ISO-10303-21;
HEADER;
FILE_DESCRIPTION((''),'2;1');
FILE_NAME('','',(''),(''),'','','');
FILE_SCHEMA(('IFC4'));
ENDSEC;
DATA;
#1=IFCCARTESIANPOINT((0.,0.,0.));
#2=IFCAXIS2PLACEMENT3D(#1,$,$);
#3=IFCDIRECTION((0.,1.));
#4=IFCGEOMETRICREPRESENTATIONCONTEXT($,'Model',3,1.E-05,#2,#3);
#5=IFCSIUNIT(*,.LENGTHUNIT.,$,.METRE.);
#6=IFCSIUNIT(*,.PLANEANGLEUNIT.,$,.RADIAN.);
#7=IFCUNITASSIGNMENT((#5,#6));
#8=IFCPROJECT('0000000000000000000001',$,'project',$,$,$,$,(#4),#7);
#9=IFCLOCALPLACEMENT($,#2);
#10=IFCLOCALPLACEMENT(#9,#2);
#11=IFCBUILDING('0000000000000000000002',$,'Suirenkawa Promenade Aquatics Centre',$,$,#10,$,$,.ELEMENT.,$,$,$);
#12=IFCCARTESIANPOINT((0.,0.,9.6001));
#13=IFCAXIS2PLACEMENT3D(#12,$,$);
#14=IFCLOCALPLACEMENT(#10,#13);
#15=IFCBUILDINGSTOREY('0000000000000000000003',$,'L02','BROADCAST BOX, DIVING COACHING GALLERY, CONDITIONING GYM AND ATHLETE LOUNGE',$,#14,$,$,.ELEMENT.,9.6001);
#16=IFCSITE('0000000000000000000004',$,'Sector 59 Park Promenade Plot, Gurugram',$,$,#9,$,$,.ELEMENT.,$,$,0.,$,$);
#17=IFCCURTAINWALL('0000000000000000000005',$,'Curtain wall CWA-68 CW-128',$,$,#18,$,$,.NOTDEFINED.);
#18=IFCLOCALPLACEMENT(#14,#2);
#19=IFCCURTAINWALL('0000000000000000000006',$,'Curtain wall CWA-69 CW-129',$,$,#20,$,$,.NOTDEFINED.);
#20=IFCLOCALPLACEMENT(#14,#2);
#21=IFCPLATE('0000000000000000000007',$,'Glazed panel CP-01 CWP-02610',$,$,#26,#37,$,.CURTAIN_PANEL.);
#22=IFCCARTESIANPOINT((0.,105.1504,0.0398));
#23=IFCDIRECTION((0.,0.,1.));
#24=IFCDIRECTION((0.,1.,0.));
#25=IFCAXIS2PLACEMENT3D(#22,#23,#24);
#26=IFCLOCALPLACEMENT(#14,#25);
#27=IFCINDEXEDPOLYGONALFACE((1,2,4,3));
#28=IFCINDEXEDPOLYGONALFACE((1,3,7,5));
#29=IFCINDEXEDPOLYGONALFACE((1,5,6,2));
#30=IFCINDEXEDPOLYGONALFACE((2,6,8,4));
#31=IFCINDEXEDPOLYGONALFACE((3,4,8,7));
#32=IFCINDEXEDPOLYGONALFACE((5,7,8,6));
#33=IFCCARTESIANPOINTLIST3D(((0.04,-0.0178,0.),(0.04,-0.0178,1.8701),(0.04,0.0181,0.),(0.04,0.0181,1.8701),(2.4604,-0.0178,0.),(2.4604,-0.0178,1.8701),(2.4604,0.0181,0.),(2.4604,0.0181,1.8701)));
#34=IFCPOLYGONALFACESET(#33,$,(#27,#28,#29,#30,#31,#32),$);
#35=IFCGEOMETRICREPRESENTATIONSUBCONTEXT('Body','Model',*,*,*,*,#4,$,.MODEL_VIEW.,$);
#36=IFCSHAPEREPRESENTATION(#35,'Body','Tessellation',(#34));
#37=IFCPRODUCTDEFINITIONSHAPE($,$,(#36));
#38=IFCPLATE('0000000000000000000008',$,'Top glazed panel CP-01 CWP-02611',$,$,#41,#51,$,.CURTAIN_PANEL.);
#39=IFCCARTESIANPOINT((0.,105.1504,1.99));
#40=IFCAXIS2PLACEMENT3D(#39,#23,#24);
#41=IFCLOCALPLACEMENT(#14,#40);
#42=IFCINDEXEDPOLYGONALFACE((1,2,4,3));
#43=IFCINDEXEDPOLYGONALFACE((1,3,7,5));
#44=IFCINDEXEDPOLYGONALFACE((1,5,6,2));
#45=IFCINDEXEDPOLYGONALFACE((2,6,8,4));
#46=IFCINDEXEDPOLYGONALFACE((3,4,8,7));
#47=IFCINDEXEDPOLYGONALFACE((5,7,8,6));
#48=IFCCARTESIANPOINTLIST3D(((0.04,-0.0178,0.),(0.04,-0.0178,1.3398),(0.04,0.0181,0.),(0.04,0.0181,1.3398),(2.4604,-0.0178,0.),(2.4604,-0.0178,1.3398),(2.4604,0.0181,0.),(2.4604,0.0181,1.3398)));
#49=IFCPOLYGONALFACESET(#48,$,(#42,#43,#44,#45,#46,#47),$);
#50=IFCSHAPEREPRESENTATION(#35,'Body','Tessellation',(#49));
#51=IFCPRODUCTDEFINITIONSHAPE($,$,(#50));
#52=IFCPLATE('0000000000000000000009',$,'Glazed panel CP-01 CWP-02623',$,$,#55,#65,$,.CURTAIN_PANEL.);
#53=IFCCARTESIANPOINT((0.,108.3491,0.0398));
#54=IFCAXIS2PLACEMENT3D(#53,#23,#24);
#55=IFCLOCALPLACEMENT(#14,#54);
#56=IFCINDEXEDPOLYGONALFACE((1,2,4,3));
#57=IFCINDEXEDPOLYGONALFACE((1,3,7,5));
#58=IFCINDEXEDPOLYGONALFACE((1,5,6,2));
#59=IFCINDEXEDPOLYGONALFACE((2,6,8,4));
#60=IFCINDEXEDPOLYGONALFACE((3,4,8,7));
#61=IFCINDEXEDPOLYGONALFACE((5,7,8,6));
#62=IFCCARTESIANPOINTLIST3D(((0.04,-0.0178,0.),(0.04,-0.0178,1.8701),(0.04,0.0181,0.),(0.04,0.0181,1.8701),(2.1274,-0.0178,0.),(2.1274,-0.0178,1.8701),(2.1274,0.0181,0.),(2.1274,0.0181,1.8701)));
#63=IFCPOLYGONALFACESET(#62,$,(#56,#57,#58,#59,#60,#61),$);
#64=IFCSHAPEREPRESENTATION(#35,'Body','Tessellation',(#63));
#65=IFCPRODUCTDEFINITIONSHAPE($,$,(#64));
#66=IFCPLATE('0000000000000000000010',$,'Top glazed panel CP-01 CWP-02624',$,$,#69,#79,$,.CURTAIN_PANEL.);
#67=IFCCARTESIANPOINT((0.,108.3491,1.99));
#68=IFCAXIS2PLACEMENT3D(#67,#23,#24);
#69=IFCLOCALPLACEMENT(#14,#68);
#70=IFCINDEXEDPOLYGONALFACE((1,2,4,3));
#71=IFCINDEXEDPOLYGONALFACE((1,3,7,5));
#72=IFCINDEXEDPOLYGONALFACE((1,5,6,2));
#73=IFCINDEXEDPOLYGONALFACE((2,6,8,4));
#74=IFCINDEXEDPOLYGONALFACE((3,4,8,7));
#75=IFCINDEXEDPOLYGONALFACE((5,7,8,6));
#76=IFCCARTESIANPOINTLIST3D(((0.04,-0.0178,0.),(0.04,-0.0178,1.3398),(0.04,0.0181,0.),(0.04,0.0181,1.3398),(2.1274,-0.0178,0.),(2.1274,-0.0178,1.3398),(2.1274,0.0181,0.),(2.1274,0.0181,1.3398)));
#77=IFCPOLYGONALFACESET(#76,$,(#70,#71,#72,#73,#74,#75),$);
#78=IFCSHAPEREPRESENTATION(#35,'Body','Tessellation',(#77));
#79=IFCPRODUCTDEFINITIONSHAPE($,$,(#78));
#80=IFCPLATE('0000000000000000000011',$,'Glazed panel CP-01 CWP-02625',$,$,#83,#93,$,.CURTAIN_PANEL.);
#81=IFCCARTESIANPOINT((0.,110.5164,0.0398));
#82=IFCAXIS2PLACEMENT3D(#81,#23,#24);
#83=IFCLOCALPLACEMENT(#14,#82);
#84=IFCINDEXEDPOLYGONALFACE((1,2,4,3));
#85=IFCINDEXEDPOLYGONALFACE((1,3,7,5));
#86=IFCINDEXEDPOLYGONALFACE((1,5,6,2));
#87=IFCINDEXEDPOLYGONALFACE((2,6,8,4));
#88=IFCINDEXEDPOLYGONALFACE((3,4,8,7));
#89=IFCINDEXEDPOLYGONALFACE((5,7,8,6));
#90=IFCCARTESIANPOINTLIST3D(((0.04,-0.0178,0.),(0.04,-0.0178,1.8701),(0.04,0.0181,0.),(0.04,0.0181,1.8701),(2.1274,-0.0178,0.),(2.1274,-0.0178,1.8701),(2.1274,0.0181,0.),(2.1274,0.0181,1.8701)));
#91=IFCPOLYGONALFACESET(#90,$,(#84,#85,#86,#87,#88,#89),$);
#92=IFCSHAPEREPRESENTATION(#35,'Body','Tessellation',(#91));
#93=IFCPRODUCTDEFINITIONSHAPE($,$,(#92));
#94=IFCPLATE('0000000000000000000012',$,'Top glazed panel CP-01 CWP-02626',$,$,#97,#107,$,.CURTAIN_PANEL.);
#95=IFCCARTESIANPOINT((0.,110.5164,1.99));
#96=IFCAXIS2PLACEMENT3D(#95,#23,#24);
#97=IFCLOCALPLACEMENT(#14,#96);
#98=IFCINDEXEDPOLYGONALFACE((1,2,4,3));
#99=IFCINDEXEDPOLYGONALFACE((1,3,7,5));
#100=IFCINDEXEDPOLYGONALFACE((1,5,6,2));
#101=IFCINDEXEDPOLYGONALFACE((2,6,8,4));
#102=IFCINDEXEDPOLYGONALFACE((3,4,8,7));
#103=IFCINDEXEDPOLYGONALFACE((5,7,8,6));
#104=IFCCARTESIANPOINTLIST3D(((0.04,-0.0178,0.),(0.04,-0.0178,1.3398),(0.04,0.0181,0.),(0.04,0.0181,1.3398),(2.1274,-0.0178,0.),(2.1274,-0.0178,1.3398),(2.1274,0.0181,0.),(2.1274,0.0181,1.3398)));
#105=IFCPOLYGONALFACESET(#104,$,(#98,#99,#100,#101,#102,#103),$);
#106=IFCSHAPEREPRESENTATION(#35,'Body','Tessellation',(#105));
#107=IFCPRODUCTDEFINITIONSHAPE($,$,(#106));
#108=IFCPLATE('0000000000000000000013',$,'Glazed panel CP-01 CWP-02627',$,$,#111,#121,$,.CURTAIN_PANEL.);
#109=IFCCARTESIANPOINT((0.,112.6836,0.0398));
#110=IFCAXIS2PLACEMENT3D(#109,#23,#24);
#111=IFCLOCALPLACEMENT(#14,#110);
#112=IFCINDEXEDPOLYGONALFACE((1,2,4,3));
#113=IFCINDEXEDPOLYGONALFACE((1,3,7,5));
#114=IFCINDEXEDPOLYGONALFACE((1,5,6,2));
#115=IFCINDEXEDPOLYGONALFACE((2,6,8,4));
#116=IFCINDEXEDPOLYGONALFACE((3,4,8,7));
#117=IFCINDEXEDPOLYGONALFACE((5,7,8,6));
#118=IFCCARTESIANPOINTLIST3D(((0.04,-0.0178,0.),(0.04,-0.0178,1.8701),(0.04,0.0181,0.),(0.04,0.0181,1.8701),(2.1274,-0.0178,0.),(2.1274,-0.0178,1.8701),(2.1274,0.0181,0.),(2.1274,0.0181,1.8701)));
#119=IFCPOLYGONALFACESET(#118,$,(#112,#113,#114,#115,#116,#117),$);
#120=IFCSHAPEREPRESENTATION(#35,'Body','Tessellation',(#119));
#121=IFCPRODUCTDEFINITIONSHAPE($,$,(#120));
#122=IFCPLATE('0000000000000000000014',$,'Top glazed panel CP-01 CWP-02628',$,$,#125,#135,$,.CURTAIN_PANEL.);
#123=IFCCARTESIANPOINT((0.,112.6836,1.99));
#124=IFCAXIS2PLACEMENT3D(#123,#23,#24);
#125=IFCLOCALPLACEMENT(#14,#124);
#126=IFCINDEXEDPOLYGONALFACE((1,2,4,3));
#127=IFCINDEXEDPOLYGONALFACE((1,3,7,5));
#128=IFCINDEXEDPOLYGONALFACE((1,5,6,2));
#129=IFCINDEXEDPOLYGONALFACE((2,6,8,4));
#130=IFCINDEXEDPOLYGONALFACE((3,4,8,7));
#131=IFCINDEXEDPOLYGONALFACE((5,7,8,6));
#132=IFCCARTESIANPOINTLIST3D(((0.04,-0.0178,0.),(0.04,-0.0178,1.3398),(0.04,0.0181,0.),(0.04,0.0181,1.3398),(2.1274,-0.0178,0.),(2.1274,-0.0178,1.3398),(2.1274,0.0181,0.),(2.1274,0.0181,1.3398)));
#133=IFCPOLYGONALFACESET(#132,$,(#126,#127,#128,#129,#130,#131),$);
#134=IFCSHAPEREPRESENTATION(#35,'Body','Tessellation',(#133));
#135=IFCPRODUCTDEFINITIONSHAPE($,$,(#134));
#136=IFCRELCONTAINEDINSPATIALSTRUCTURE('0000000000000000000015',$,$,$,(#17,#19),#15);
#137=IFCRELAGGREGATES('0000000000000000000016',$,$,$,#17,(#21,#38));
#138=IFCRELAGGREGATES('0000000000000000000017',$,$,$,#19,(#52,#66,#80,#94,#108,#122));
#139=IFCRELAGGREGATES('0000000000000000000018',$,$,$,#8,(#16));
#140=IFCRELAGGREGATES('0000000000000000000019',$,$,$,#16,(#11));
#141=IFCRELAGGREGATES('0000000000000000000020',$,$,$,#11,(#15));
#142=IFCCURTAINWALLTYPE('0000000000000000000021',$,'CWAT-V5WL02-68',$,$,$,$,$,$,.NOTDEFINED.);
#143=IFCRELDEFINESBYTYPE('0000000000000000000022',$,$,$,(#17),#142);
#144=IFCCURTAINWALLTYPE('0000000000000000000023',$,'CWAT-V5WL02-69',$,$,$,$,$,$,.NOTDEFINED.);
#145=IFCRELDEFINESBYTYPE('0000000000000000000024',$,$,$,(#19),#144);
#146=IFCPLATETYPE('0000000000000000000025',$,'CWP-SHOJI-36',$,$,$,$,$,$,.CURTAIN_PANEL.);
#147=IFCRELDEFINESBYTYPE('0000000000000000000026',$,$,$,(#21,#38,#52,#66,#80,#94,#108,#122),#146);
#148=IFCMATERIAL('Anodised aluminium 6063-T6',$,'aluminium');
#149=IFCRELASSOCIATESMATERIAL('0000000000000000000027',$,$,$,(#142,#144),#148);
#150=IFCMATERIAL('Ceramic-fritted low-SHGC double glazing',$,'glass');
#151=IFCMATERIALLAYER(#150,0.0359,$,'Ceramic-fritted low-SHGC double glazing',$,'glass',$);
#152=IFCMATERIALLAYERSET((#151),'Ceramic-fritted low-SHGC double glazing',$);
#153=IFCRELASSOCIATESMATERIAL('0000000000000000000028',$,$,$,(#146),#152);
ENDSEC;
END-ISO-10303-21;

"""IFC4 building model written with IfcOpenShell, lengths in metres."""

from ifc_helpers import new_model, si_unit, direction, frame, origin, place, context, subcontext, project, spatial, polyline, outline, extrude, material, layer, layer_set, type_object, element, aggregate, save


model = new_model("IFC4")

# Units and contexts
model_context = context("Model", 3, precision=1e-05, world=origin(), true_north=direction((0.0, 1.0)))
body_context = subcontext(model_context, "Body", "Model", "MODEL_VIEW")
ifc_project = project(units=[si_unit("LENGTHUNIT", "METRE"), si_unit("PLANEANGLEUNIT", "RADIAN")], contexts=[model_context])

# Site, building, storey
site_placement = place(None, origin())
site = spatial("IfcSite", under=ifc_project, at=site_placement, Name="Sector 59 Park Promenade Plot, Gurugram", CompositionType="ELEMENT", RefElevation=0.0)
building_placement = place(site_placement, origin())
building = spatial("IfcBuilding", under=site, at=building_placement, Name="Suirenkawa Promenade Aquatics Centre", CompositionType="ELEMENT")
storey_placement = place(building_placement, frame((0.0, 0.0, 9.6001)))
storey = spatial("IfcBuildingStorey", under=building, at=storey_placement, Name="L02", Description="BROADCAST BOX, DIVING COACHING GALLERY, CONDITIONING GYM AND ATHLETE LOUNGE", CompositionType="ELEMENT", Elevation=9.6001)

# Curtain walls
ifc_material_1 = material(Name="Anodised aluminium 6063-T6", Category="aluminium")
curtain_wall_type_1 = type_object("IfcCurtainWallType", Name="CWAT-V5WL02-68", PredefinedType="NOTDEFINED", material=ifc_material_1)
curtain_wall_1_placement = place(storey_placement, origin())
curtain_wall_1 = element("IfcCurtainWall", 1, at=curtain_wall_1_placement, inside=storey, type_object=curtain_wall_type_1, Name="Curtain wall CWA-68 CW-128", PredefinedType="NOTDEFINED")
curtain_wall_type_2 = type_object("IfcCurtainWallType", Name="CWAT-V5WL02-69", PredefinedType="NOTDEFINED", material=ifc_material_1)
curtain_wall_2_placement = place(storey_placement, origin())
curtain_wall_2 = element("IfcCurtainWall", 2, at=curtain_wall_2_placement, inside=storey, type_object=curtain_wall_type_2, Name="Curtain wall CWA-69 CW-129", PredefinedType="NOTDEFINED")

# Plates
ifc_material_2 = material(Name="Ceramic-fritted low-SHGC double glazing", Category="glass")
ifc_layer_1 = layer(ifc_material_2, 0.0359, Name="Ceramic-fritted low-SHGC double glazing", Category="glass")
ifc_layer_set_1 = layer_set([ifc_layer_1], Name="Ceramic-fritted low-SHGC double glazing")
plate_type = type_object("IfcPlateType", Name="CWP-SHOJI-36", PredefinedType="CURTAIN_PANEL", material=ifc_layer_set_1)
plate_1_placement = place(storey_placement, frame((0.0, 105.1504, 0.0398), z_axis=(0.0, 0.0, 1.0), x_axis=(0.0, 1.0, 0.0)))
plate_1 = element("IfcPlate", 3, at=plate_1_placement, type_object=plate_type, Name="Glazed panel CP-01 CWP-02610", PredefinedType="CURTAIN_PANEL", context=body_context, shape_type="SweptSolid", body=[
    extrude(outline(polyline([(0.04, 0.0), (2.4604, 0.0), (2.4604, 1.8701), (0.04, 1.8701), (0.04, 0.0)])), frame((0.0, 0.0181, 0.0), z_axis=(0.0, -1.0, 0.0), x_axis=(1.0, 0.0, 0.0)), (0.0, 0.0, 1.0), 0.0359),
])
plate_2_placement = place(storey_placement, frame((0.0, 105.1504, 1.99), z_axis=(0.0, 0.0, 1.0), x_axis=(0.0, 1.0, 0.0)))
plate_2 = element("IfcPlate", 4, at=plate_2_placement, type_object=plate_type, Name="Top glazed panel CP-01 CWP-02611", PredefinedType="CURTAIN_PANEL", context=body_context, shape_type="SweptSolid", body=[
    extrude(outline(polyline([(0.04, 0.0), (2.4604, 0.0), (2.4604, 1.3398), (0.04, 1.3398), (0.04, 0.0)])), frame((0.0, 0.0181, 0.0), z_axis=(0.0, -1.0, 0.0), x_axis=(1.0, 0.0, 0.0)), (0.0, 0.0, 1.0), 0.0359),
])
aggregate(curtain_wall_1, [plate_1, plate_2])
plate_3_placement = place(storey_placement, frame((0.0, 108.3491, 0.0398), z_axis=(0.0, 0.0, 1.0), x_axis=(0.0, 1.0, 0.0)))
plate_3 = element("IfcPlate", 5, at=plate_3_placement, type_object=plate_type, Name="Glazed panel CP-01 CWP-02623", PredefinedType="CURTAIN_PANEL", context=body_context, shape_type="SweptSolid", body=[
    extrude(outline(polyline([(0.04, 0.0), (2.1274, 0.0), (2.1274, 1.8701), (0.04, 1.8701), (0.04, 0.0)])), frame((0.0, 0.0181, 0.0), z_axis=(0.0, -1.0, 0.0), x_axis=(1.0, 0.0, 0.0)), (0.0, 0.0, 1.0), 0.0359),
])
plate_4_placement = place(storey_placement, frame((0.0, 108.3491, 1.99), z_axis=(0.0, 0.0, 1.0), x_axis=(0.0, 1.0, 0.0)))
plate_4 = element("IfcPlate", 6, at=plate_4_placement, type_object=plate_type, Name="Top glazed panel CP-01 CWP-02624", PredefinedType="CURTAIN_PANEL", context=body_context, shape_type="SweptSolid", body=[
    extrude(outline(polyline([(0.04, 0.0), (2.1274, 0.0), (2.1274, 1.3398), (0.04, 1.3398), (0.04, 0.0)])), frame((0.0, 0.0181, 0.0), z_axis=(0.0, -1.0, 0.0), x_axis=(1.0, 0.0, 0.0)), (0.0, 0.0, 1.0), 0.0359),
])
plate_5_placement = place(storey_placement, frame((0.0, 110.5164, 0.0398), z_axis=(0.0, 0.0, 1.0), x_axis=(0.0, 1.0, 0.0)))
plate_5 = element("IfcPlate", 7, at=plate_5_placement, type_object=plate_type, Name="Glazed panel CP-01 CWP-02625", PredefinedType="CURTAIN_PANEL", context=body_context, shape_type="SweptSolid", body=[
    extrude(outline(polyline([(0.04, 0.0), (2.1274, 0.0), (2.1274, 1.8701), (0.04, 1.8701), (0.04, 0.0)])), frame((0.0, 0.0181, 0.0), z_axis=(0.0, -1.0, 0.0), x_axis=(1.0, 0.0, 0.0)), (0.0, 0.0, 1.0), 0.0359),
])
plate_6_placement = place(storey_placement, frame((0.0, 110.5164, 1.99), z_axis=(0.0, 0.0, 1.0), x_axis=(0.0, 1.0, 0.0)))
plate_6 = element("IfcPlate", 8, at=plate_6_placement, type_object=plate_type, Name="Top glazed panel CP-01 CWP-02626", PredefinedType="CURTAIN_PANEL", context=body_context, shape_type="SweptSolid", body=[
    extrude(outline(polyline([(0.04, 0.0), (2.1274, 0.0), (2.1274, 1.3398), (0.04, 1.3398), (0.04, 0.0)])), frame((0.0, 0.0181, 0.0), z_axis=(0.0, -1.0, 0.0), x_axis=(1.0, 0.0, 0.0)), (0.0, 0.0, 1.0), 0.0359),
])
plate_7_placement = place(storey_placement, frame((0.0, 112.6836, 0.0398), z_axis=(0.0, 0.0, 1.0), x_axis=(0.0, 1.0, 0.0)))
plate_7 = element("IfcPlate", 9, at=plate_7_placement, type_object=plate_type, Name="Glazed panel CP-01 CWP-02627", PredefinedType="CURTAIN_PANEL", context=body_context, shape_type="SweptSolid", body=[
    extrude(outline(polyline([(0.04, 0.0), (2.1274, 0.0), (2.1274, 1.8701), (0.04, 1.8701), (0.04, 0.0)])), frame((0.0, 0.0181, 0.0), z_axis=(0.0, -1.0, 0.0), x_axis=(1.0, 0.0, 0.0)), (0.0, 0.0, 1.0), 0.0359),
])
plate_8_placement = place(storey_placement, frame((0.0, 112.6836, 1.99), z_axis=(0.0, 0.0, 1.0), x_axis=(0.0, 1.0, 0.0)))
plate_8 = element("IfcPlate", 10, at=plate_8_placement, type_object=plate_type, Name="Top glazed panel CP-01 CWP-02628", PredefinedType="CURTAIN_PANEL", context=body_context, shape_type="SweptSolid", body=[
    extrude(outline(polyline([(0.04, 0.0), (2.1274, 0.0), (2.1274, 1.3398), (0.04, 1.3398), (0.04, 0.0)])), frame((0.0, 0.0181, 0.0), z_axis=(0.0, -1.0, 0.0), x_axis=(1.0, 0.0, 0.0)), (0.0, 0.0, 1.0), 0.0359),
])
aggregate(curtain_wall_2, [plate_3, plate_4, plate_5, plate_6, plate_7, plate_8])

save(model, "model.ifc")
